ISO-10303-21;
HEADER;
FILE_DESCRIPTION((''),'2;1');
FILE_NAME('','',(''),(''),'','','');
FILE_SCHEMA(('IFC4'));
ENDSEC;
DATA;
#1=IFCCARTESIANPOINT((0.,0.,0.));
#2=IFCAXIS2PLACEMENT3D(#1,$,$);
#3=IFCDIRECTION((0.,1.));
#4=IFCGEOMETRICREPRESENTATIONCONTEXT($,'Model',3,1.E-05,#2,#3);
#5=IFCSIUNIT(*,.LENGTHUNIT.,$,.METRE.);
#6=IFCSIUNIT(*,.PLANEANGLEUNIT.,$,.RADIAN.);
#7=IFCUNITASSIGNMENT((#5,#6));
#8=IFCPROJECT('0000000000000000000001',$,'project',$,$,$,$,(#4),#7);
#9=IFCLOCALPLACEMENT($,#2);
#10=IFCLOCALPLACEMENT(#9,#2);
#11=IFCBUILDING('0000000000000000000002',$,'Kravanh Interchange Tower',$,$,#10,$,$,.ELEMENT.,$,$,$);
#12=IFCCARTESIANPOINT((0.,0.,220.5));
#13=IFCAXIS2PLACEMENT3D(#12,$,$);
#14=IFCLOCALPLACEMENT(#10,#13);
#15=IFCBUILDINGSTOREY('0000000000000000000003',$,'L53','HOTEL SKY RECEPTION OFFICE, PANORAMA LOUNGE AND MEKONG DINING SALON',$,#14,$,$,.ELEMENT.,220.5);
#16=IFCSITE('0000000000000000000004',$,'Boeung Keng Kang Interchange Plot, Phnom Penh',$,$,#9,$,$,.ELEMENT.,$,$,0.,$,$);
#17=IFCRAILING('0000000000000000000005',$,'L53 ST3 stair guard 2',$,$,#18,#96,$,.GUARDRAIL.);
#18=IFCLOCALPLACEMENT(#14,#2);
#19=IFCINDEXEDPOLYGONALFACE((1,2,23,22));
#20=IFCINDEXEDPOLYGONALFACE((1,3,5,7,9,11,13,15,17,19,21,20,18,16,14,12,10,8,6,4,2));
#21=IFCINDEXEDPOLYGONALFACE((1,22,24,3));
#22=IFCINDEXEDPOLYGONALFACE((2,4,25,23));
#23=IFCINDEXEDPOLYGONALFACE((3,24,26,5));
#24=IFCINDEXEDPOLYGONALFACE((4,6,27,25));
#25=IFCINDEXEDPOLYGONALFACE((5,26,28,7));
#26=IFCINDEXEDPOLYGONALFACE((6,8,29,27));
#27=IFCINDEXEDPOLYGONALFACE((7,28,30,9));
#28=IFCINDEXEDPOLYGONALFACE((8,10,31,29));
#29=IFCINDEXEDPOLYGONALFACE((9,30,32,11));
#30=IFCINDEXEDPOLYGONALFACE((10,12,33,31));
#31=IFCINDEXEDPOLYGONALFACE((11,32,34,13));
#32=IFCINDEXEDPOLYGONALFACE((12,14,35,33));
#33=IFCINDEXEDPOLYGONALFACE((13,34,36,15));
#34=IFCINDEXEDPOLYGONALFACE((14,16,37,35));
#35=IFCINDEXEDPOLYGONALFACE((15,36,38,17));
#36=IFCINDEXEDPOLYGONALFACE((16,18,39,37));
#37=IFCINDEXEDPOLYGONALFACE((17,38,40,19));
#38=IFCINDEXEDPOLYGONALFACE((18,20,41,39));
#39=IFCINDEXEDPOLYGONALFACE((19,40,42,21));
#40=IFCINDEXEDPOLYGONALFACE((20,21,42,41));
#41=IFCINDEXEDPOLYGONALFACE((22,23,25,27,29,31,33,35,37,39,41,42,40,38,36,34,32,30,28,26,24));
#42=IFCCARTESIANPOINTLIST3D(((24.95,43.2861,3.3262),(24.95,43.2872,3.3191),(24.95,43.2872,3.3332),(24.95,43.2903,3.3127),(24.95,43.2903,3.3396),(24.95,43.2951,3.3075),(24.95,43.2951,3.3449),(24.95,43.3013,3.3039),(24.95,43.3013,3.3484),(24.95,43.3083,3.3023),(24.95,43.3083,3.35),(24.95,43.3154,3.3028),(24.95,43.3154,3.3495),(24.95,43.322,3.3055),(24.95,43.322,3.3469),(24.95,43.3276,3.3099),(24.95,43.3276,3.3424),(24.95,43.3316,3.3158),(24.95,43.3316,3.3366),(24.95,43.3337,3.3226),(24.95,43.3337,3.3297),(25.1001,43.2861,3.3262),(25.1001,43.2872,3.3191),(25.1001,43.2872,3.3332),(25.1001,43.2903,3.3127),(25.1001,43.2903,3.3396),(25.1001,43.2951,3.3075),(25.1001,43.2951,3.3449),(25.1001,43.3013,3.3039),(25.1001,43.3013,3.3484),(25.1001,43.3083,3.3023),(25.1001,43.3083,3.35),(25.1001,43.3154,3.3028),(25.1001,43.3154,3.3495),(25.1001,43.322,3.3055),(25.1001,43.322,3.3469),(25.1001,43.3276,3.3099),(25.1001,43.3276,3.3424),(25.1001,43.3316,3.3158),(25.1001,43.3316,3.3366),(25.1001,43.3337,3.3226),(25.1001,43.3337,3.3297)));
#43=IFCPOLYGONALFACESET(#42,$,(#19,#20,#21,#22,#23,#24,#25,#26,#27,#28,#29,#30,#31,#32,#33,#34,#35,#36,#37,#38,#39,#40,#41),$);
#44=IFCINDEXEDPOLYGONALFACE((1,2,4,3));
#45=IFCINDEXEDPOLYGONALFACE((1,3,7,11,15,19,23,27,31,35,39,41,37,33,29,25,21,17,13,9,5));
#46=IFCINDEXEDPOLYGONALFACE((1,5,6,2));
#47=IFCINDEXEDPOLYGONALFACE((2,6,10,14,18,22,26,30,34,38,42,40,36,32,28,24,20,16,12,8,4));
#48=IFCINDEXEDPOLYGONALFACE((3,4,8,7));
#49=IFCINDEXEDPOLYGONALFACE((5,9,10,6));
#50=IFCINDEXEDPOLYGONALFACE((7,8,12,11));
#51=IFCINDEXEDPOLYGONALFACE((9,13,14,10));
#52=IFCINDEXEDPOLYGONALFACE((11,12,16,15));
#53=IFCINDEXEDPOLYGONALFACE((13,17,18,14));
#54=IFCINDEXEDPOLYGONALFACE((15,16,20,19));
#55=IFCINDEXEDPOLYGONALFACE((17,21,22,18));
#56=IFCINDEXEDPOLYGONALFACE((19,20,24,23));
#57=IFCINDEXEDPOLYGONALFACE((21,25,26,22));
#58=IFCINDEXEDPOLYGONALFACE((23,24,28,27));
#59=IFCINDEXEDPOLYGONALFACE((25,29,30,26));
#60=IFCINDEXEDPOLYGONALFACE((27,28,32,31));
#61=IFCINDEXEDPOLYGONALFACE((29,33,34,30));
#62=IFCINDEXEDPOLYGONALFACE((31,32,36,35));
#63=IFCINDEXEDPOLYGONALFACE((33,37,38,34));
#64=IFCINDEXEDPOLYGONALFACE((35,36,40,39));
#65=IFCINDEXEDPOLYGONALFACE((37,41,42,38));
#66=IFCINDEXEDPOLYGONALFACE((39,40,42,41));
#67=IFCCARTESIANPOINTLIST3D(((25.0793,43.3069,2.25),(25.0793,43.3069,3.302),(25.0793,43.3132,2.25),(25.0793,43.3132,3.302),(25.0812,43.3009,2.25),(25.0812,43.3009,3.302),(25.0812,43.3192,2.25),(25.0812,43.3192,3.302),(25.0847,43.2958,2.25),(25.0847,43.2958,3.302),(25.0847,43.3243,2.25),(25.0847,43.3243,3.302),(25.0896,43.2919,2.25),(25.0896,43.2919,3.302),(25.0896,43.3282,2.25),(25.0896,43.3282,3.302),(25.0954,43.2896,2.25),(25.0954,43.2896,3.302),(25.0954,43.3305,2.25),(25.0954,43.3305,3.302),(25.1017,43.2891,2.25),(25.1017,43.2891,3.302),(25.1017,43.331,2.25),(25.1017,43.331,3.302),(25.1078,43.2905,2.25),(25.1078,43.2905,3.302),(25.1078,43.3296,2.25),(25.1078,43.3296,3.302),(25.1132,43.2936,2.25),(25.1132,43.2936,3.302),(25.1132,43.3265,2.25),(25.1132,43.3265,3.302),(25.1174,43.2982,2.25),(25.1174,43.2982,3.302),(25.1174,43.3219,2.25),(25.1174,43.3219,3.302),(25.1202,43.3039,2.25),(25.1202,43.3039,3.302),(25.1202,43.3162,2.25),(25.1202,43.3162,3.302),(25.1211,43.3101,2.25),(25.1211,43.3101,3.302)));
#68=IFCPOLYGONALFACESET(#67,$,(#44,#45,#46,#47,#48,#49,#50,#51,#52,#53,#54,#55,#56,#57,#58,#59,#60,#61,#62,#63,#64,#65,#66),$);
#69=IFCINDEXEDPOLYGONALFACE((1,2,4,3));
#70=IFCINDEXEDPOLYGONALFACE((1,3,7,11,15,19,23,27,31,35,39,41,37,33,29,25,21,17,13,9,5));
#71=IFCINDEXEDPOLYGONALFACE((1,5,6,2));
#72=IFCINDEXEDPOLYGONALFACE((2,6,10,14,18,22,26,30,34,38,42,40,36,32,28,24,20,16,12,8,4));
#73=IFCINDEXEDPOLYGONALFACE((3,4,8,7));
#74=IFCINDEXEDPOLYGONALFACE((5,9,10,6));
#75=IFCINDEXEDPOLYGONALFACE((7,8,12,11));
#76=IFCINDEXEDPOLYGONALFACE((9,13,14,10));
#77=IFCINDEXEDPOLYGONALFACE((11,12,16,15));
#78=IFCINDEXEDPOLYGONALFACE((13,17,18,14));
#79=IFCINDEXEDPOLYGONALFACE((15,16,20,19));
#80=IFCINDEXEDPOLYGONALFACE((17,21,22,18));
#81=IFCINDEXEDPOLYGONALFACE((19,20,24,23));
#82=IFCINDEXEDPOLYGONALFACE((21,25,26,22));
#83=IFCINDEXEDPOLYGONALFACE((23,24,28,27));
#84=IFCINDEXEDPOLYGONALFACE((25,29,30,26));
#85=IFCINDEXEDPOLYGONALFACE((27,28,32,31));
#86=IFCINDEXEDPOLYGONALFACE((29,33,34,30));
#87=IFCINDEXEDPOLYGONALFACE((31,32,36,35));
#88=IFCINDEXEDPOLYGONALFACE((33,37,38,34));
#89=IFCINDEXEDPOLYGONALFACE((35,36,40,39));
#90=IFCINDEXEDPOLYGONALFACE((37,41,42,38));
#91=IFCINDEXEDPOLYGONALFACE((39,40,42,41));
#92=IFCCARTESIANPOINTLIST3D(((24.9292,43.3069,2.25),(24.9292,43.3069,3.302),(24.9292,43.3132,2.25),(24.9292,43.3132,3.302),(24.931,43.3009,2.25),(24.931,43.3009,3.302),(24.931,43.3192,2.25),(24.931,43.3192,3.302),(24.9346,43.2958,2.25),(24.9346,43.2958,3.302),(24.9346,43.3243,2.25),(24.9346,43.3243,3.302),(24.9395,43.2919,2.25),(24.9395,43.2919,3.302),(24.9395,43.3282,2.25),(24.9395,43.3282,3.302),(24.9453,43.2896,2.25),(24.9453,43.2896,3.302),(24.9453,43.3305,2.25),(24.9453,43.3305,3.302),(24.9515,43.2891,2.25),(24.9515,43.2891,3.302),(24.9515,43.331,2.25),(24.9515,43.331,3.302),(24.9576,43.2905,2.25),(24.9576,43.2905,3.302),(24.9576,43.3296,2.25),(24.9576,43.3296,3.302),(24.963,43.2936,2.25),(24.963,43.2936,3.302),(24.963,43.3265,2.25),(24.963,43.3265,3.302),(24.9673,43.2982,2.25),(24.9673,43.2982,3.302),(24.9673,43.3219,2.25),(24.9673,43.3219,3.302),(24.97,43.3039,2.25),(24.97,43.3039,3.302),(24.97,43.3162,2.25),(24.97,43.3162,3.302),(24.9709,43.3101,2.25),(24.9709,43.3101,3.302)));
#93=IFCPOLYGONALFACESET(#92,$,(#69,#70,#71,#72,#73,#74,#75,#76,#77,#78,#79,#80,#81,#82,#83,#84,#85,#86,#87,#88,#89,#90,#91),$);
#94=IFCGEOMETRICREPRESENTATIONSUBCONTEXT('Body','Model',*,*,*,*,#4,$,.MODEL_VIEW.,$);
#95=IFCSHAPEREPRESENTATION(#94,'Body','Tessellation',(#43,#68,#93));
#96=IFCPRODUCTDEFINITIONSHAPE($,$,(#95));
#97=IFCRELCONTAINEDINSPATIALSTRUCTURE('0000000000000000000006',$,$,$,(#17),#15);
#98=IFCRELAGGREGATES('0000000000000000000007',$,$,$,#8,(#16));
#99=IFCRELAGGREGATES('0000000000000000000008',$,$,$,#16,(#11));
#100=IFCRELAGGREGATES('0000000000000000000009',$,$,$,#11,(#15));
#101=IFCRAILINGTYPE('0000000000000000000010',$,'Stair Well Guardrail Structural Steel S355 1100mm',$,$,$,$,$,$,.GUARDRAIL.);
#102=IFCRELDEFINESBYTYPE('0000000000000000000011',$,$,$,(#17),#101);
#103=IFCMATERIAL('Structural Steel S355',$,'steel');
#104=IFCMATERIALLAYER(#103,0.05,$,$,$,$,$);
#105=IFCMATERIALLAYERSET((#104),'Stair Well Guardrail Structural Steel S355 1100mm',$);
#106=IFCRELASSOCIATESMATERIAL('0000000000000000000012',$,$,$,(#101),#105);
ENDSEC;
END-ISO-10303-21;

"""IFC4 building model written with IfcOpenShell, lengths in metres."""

from ifc_helpers import new_model, si_unit, direction, frame, origin, origin_2d, place, context, subcontext, project, spatial, circle, extrude, material, layer, layer_set, type_object, element, save


model = new_model("IFC4")

# Units and contexts
model_context = context("Model", 3, precision=1e-05, world=origin(), true_north=direction((0.0, 1.0)))
body_context = subcontext(model_context, "Body", "Model", "MODEL_VIEW")
ifc_project = project(units=[si_unit("LENGTHUNIT", "METRE"), si_unit("PLANEANGLEUNIT", "RADIAN")], contexts=[model_context])

# Site, building, storey
site_placement = place(None, origin())
site = spatial("IfcSite", under=ifc_project, at=site_placement, Name="Boeung Keng Kang Interchange Plot, Phnom Penh", CompositionType="ELEMENT", RefElevation=0.0)
building_placement = place(site_placement, origin())
building = spatial("IfcBuilding", under=site, at=building_placement, Name="Kravanh Interchange Tower", CompositionType="ELEMENT")
storey_placement = place(building_placement, frame((0.0, 0.0, 220.5)))
storey = spatial("IfcBuildingStorey", under=building, at=storey_placement, Name="L53", Description="HOTEL SKY RECEPTION OFFICE, PANORAMA LOUNGE AND MEKONG DINING SALON", CompositionType="ELEMENT", Elevation=220.5)

# Railing
ifc_material_1 = material(Name="Structural Steel S355", Category="steel")
ifc_layer_1 = layer(ifc_material_1, 0.05)
ifc_layer_set_1 = layer_set([ifc_layer_1], Name="Stair Well Guardrail Structural Steel S355 1100mm")
railing_type_1 = type_object("IfcRailingType", Name="Stair Well Guardrail Structural Steel S355 1100mm", PredefinedType="GUARDRAIL", material=ifc_layer_set_1)
railing_1_placement = place(storey_placement, frame((25.1001, 43.3101, 2.25)))
element("IfcRailing", 1, at=railing_1_placement, inside=storey, type_object=railing_type_1, Name="L53 ST3 stair guard 2", PredefinedType="GUARDRAIL", context=body_context, shape_type="SweptSolid", body=[
    extrude(circle(Radius=0.0239, at=origin_2d()), frame((0.0, 0.0, 1.0762), z_axis=(-1.0, 0.0, 0.0), x_axis=(0.0, -1.0, 0.0)), (0.0, 0.0, 1.0), 0.1501),
    extrude(circle(Radius=0.021, at=origin_2d()), origin(), (0.0, 0.0, 1.0), 1.052),
    extrude(circle(Radius=0.021, at=origin_2d()), frame((-0.1501, 0.0, 0.0)), (0.0, 0.0, 1.0), 1.052),
])

save(model, "model.ifc")
